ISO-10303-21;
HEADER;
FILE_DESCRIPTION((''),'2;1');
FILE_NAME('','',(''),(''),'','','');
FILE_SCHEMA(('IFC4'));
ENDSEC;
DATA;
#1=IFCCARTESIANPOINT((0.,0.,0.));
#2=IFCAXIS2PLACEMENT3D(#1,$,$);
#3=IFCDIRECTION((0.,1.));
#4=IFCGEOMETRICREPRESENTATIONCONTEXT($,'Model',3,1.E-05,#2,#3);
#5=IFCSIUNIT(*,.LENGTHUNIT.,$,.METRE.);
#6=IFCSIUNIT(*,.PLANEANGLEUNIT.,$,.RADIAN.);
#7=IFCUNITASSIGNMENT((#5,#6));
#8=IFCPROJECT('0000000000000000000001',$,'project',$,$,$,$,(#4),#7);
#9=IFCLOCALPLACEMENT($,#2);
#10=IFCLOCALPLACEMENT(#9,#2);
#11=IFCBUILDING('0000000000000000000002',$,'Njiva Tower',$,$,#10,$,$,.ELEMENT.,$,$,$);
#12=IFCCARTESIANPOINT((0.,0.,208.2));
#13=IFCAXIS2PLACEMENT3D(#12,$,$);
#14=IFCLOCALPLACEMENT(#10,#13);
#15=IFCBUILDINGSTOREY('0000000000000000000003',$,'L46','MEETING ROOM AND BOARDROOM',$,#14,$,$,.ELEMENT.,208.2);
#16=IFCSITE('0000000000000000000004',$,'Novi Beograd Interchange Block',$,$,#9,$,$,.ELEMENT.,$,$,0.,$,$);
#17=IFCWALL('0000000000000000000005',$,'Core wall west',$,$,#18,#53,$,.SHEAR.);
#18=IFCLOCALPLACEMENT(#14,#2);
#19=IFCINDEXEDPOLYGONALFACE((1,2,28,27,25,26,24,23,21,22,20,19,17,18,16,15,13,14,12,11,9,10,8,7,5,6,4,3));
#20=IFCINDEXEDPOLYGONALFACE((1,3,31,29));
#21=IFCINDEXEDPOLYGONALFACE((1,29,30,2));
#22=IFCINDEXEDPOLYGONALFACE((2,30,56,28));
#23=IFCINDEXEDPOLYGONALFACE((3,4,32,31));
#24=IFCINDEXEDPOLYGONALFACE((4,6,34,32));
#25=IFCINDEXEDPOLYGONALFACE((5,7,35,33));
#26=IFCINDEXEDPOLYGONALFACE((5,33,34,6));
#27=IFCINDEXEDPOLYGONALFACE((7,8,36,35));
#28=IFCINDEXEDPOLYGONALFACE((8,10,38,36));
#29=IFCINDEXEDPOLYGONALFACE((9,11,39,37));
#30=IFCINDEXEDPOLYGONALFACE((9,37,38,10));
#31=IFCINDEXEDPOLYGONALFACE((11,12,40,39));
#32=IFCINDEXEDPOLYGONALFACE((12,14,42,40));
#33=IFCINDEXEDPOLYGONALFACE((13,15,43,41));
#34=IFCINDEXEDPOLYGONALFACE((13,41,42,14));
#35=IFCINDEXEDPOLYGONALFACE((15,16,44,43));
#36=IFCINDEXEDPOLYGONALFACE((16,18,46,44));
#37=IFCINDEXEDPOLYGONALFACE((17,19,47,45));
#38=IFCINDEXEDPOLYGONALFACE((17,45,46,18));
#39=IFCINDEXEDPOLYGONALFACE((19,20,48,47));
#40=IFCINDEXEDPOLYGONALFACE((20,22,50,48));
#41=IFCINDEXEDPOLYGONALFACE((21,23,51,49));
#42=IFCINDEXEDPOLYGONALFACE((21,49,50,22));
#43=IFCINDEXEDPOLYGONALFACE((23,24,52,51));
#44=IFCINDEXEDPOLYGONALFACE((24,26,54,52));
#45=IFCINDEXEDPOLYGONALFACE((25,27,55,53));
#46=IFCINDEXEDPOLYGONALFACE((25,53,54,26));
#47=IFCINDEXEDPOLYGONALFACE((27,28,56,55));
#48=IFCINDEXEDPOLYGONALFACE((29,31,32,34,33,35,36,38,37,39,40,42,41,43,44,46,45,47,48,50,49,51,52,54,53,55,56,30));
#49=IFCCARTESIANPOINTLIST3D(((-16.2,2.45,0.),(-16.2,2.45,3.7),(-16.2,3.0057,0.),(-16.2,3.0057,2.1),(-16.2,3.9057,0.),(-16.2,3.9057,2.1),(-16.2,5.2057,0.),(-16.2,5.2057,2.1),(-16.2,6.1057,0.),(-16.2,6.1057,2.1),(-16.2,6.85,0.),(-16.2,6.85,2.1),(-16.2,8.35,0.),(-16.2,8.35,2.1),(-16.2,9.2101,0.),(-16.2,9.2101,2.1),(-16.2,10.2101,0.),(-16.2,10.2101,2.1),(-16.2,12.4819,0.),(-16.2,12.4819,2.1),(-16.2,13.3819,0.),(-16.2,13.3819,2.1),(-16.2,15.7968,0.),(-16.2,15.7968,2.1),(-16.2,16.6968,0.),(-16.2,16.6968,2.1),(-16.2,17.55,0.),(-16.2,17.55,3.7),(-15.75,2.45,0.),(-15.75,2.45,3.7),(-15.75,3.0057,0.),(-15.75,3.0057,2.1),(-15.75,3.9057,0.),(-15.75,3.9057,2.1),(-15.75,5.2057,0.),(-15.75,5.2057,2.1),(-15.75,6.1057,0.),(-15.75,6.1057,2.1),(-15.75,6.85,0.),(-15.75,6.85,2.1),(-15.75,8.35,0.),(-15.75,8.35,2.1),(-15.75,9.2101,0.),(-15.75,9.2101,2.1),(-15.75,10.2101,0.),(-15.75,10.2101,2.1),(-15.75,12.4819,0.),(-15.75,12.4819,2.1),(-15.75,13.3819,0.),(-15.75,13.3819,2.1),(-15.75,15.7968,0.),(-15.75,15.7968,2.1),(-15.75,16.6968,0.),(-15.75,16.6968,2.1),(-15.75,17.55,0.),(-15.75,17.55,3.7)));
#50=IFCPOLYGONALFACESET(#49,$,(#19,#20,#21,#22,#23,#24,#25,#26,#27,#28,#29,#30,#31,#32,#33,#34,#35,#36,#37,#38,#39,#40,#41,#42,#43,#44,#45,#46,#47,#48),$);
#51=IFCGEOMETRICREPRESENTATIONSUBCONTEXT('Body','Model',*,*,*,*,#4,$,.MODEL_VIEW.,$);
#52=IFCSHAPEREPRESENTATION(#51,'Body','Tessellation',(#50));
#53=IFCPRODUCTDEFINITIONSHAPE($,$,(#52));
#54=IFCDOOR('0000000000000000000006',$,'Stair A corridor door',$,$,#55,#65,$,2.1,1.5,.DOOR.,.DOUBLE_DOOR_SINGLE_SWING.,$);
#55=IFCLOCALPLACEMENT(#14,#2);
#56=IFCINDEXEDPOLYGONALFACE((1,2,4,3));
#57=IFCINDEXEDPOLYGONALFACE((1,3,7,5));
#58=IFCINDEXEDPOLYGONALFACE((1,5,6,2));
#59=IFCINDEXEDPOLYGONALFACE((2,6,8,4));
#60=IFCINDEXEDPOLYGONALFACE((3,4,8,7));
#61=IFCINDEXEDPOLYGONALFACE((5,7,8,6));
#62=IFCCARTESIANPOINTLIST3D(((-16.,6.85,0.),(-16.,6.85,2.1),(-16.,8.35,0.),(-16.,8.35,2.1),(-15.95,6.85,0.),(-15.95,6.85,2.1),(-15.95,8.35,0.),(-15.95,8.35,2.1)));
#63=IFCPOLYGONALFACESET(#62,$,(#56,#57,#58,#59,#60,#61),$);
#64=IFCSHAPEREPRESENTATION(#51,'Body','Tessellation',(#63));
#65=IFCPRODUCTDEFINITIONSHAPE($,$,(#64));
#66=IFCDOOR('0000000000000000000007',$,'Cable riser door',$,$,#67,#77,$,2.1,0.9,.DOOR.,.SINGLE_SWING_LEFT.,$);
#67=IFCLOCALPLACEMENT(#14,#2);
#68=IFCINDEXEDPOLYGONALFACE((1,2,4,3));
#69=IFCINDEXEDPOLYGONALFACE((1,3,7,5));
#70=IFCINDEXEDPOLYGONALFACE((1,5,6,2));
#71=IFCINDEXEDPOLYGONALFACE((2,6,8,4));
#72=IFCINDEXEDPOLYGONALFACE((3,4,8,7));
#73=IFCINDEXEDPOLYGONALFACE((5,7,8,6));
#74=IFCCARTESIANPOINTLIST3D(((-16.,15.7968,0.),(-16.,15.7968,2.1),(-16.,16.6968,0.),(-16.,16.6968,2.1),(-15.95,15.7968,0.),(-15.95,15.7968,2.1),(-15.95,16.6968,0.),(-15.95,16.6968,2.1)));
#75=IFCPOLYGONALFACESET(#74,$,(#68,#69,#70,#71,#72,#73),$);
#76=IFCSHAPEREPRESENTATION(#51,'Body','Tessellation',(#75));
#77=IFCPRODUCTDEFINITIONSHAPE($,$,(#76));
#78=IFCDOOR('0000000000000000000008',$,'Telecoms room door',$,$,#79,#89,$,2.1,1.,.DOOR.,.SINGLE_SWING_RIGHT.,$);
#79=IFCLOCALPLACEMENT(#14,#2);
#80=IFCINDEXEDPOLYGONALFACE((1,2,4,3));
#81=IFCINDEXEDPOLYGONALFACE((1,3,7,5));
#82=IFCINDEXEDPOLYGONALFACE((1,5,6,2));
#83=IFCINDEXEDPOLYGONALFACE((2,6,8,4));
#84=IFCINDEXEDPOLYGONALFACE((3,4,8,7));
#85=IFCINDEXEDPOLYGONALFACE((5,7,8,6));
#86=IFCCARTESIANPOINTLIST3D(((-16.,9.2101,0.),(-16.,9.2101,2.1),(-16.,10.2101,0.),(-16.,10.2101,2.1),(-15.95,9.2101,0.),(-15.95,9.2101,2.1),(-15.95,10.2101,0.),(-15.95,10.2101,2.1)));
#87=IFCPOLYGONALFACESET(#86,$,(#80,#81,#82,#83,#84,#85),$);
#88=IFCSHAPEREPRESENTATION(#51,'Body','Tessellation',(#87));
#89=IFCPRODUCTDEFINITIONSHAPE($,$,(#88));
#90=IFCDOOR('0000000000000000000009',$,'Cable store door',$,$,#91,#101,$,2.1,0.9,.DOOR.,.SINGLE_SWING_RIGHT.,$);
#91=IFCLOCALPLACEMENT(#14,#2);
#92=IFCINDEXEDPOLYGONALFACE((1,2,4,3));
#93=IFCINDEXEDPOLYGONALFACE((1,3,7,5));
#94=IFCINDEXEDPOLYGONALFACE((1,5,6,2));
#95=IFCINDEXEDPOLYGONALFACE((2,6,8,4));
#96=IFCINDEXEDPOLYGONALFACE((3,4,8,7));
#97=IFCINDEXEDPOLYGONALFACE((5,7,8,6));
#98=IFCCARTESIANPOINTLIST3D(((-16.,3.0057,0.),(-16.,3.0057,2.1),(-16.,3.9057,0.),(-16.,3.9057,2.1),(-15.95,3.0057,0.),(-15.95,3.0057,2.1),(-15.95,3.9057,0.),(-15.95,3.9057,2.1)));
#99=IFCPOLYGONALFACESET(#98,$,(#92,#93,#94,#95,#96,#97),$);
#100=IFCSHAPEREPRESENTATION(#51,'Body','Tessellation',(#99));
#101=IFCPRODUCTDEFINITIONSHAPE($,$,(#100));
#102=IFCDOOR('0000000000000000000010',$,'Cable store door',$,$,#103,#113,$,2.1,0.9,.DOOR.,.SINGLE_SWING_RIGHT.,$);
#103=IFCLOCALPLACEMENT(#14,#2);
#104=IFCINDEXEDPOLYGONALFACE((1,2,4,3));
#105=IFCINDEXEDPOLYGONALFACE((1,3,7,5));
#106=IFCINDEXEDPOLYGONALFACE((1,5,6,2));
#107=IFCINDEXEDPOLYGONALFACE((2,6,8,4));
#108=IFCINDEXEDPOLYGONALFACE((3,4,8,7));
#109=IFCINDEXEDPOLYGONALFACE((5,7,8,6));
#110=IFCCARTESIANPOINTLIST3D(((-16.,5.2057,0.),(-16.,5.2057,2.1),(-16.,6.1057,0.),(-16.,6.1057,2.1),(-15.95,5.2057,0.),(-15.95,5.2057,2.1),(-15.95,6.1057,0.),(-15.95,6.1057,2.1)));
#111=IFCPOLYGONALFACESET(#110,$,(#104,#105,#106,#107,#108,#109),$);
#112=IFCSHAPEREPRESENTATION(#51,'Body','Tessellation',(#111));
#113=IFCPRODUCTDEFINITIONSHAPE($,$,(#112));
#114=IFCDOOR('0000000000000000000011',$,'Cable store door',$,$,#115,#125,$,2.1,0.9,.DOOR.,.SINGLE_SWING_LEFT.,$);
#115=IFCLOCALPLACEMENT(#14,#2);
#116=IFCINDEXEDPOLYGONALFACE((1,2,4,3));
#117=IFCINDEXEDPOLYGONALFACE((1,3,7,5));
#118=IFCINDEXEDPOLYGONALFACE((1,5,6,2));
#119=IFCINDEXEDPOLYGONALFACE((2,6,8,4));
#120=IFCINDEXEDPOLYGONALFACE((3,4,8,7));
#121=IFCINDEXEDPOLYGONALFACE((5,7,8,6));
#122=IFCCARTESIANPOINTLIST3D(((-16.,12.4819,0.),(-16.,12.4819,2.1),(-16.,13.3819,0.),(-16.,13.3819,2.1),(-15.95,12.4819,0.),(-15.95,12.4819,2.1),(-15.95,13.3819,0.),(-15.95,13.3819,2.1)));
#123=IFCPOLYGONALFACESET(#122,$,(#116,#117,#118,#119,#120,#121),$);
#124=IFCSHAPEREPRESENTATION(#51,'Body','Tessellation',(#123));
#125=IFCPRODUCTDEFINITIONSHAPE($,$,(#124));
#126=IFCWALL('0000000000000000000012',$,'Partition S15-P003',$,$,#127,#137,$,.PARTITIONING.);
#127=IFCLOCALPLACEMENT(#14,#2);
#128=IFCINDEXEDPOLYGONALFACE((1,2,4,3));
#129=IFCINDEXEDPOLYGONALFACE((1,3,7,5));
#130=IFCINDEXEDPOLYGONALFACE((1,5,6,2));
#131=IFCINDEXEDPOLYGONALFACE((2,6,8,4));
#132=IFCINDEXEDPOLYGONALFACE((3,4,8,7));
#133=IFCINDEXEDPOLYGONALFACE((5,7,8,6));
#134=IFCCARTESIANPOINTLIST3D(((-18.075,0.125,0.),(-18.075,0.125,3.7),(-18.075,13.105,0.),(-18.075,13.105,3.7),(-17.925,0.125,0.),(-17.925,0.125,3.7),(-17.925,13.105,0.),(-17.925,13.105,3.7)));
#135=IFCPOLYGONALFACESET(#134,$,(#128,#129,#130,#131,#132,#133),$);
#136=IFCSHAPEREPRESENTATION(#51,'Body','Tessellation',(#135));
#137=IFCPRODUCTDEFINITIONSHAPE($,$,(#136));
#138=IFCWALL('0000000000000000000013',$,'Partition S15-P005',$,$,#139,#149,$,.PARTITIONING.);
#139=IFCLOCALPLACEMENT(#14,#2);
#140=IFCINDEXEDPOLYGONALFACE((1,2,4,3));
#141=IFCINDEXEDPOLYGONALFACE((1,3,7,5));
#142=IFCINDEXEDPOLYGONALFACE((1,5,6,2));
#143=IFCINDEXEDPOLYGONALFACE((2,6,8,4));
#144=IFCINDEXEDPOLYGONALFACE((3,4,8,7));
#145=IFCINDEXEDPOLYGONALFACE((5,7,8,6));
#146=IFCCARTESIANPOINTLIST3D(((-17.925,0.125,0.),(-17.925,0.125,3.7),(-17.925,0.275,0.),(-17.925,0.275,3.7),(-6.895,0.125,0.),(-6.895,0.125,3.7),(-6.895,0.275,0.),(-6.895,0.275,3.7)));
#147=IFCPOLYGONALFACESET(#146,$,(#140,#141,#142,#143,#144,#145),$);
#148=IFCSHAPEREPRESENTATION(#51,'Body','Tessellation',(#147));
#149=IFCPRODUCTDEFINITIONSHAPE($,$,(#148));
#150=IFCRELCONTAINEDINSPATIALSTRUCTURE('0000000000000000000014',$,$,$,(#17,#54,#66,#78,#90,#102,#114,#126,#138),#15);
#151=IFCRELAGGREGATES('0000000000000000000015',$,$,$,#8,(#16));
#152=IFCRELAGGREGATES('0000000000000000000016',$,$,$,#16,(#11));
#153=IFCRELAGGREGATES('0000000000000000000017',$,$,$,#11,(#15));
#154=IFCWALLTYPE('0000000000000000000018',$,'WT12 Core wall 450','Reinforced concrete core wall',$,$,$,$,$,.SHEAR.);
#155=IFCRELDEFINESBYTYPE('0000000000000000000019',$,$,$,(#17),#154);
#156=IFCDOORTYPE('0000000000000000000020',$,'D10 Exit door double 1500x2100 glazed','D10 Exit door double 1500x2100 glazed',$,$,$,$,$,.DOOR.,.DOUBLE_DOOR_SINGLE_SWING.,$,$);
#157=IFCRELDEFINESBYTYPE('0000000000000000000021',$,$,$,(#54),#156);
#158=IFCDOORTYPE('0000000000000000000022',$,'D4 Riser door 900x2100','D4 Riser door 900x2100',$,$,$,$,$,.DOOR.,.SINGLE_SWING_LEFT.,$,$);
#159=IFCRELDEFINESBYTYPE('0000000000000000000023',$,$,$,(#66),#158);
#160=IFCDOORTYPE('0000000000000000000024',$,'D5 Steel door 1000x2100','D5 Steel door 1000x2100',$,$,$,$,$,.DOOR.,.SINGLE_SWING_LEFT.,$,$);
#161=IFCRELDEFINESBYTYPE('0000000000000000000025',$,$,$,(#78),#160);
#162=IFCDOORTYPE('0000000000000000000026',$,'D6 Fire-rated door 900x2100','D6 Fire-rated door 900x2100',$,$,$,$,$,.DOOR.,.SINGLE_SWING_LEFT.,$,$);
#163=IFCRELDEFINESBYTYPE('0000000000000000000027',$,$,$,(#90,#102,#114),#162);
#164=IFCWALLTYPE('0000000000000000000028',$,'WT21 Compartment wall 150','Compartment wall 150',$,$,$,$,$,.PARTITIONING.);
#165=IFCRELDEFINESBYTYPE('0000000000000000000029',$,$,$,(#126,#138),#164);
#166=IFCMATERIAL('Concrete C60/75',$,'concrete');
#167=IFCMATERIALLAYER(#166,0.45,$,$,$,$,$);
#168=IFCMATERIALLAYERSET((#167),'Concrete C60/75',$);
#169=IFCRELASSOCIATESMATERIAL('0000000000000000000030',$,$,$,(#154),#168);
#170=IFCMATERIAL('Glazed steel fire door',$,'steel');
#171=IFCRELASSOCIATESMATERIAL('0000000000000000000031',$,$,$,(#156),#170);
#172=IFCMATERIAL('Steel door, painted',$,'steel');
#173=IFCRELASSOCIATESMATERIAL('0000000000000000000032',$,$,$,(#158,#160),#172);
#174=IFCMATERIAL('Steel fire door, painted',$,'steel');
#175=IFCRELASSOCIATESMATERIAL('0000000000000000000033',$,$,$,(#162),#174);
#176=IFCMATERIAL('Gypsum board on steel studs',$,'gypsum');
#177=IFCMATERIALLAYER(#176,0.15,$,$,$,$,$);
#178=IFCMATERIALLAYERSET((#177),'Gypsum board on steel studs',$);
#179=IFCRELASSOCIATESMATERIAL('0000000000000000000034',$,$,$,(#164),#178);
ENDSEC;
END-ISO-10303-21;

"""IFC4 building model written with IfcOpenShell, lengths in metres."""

from ifc_helpers import new_model, si_unit, direction, frame, frame_2d, origin, place, context, subcontext, project, spatial, rectangle, extrude, material, layer, layer_set, type_object, element, fill, save


model = new_model("IFC4")

# Units and contexts
model_context = context("Model", 3, precision=1e-05, world=origin(), true_north=direction((0.0, 1.0)))
body_context = subcontext(model_context, "Body", "Model", "MODEL_VIEW")
ifc_project = project(units=[si_unit("LENGTHUNIT", "METRE"), si_unit("PLANEANGLEUNIT", "RADIAN")], contexts=[model_context])

# Site, building, storey
site_placement = place(None, origin())
site = spatial("IfcSite", under=ifc_project, at=site_placement, Name="Novi Beograd Interchange Block", CompositionType="ELEMENT", RefElevation=0.0)
building_placement = place(site_placement, origin())
building = spatial("IfcBuilding", under=site, at=building_placement, Name="Njiva Tower", CompositionType="ELEMENT")
storey_placement = place(building_placement, frame((0.0, 0.0, 208.2)))
storey = spatial("IfcBuildingStorey", under=building, at=storey_placement, Name="L46", Description="MEETING ROOM AND BOARDROOM", CompositionType="ELEMENT", Elevation=208.2)

# Wall, openings, doors
ifc_material_1 = material(Name="Concrete C60/75", Category="concrete")
ifc_layer_1 = layer(ifc_material_1, 0.45)
ifc_layer_set_1 = layer_set([ifc_layer_1], Name="Concrete C60/75")
wall_type_1 = type_object("IfcWallType", Name="WT12 Core wall 450", Description="Reinforced concrete core wall", PredefinedType="SHEAR", material=ifc_layer_set_1)
wall_1_placement = place(storey_placement, frame((-15.975, 2.45, 0.0), z_axis=(0.0, 0.0, 1.0), x_axis=(0.0, 1.0, 0.0)))
wall_1 = element("IfcWall", 1, at=wall_1_placement, inside=storey, type_object=wall_type_1, Name="Core wall west", PredefinedType="SHEAR", context=body_context, shape_type="SweptSolid", body=[
    extrude(rectangle(XDim=15.1, YDim=0.45, at=frame_2d((7.55, 0.0))), origin(), (0.0, 0.0, 1.0), 3.7),
])
opening_1_placement = place(wall_1_placement, frame((4.4, 0.0, 0.0)))
opening_1 = element("IfcOpeningElement", 2, at=opening_1_placement, cuts=wall_1, PredefinedType="OPENING", context=body_context, shape_type="SweptSolid", body=[
    extrude(rectangle(XDim=1.5, YDim=2.1, at=frame_2d((0.75, 1.05))), frame((0.0, 0.235, 0.0), z_axis=(0.0, -1.0, 0.0), x_axis=(1.0, 0.0, 0.0)), (0.0, 0.0, 1.0), 0.47),
])
opening_2_placement = place(wall_1_placement, frame((0.5557, 0.0, 0.0)))
opening_2 = element("IfcOpeningElement", 3, at=opening_2_placement, cuts=wall_1, PredefinedType="OPENING", context=body_context, shape_type="SweptSolid", body=[
    extrude(rectangle(XDim=0.9, YDim=2.1, at=frame_2d((0.45, 1.05))), frame((0.0, 0.235, 0.0), z_axis=(0.0, -1.0, 0.0), x_axis=(1.0, 0.0, 0.0)), (0.0, 0.0, 1.0), 0.47),
])
opening_3_placement = place(wall_1_placement, frame((2.7557, 0.0, 0.0)))
opening_3 = element("IfcOpeningElement", 4, at=opening_3_placement, cuts=wall_1, PredefinedType="OPENING", context=body_context, shape_type="SweptSolid", body=[
    extrude(rectangle(XDim=0.9, YDim=2.1, at=frame_2d((0.45, 1.05))), frame((0.0, 0.235, 0.0), z_axis=(0.0, -1.0, 0.0), x_axis=(1.0, 0.0, 0.0)), (0.0, 0.0, 1.0), 0.47),
])
opening_4_placement = place(wall_1_placement, frame((6.7601, 0.0, 0.0)))
opening_4 = element("IfcOpeningElement", 5, at=opening_4_placement, cuts=wall_1, PredefinedType="OPENING", context=body_context, shape_type="SweptSolid", body=[
    extrude(rectangle(XDim=1.0, YDim=2.1, at=frame_2d((0.5, 1.05))), frame((0.0, 0.235, 0.0), z_axis=(0.0, -1.0, 0.0), x_axis=(1.0, 0.0, 0.0)), (0.0, 0.0, 1.0), 0.47),
])
opening_5_placement = place(wall_1_placement, frame((10.0319, 0.0, 0.0)))
opening_5 = element("IfcOpeningElement", 6, at=opening_5_placement, cuts=wall_1, PredefinedType="OPENING", context=body_context, shape_type="SweptSolid", body=[
    extrude(rectangle(XDim=0.9, YDim=2.1, at=frame_2d((0.45, 1.05))), frame((0.0, 0.235, 0.0), z_axis=(0.0, -1.0, 0.0), x_axis=(1.0, 0.0, 0.0)), (0.0, 0.0, 1.0), 0.47),
])
opening_6_placement = place(wall_1_placement, frame((13.3468, 0.0, 0.0)))
opening_6 = element("IfcOpeningElement", 7, at=opening_6_placement, cuts=wall_1, PredefinedType="OPENING", context=body_context, shape_type="SweptSolid", body=[
    extrude(rectangle(XDim=0.9, YDim=2.1, at=frame_2d((0.45, 1.05))), frame((0.0, 0.235, 0.0), z_axis=(0.0, -1.0, 0.0), x_axis=(1.0, 0.0, 0.0)), (0.0, 0.0, 1.0), 0.47),
])
ifc_material_2 = material(Name="Glazed steel fire door", Category="steel")
door_type_1 = type_object("IfcDoorType", Name="D10 Exit door double 1500x2100 glazed", Description="D10 Exit door double 1500x2100 glazed", OperationType="DOUBLE_DOOR_SINGLE_SWING", PredefinedType="DOOR", material=ifc_material_2)
door_1_placement = place(opening_1_placement, origin())
door_1 = element("IfcDoor", 8, at=door_1_placement, inside=storey, type_object=door_type_1, Name="Stair A corridor door", OperationType="DOUBLE_DOOR_SINGLE_SWING", OverallHeight=2.1, OverallWidth=1.5, PredefinedType="DOOR", context=body_context, shape_type="SweptSolid", body=[
    extrude(rectangle(XDim=1.5, YDim=2.1, at=frame_2d((0.75, 1.05))), frame((0.0, 0.025, 0.0), z_axis=(0.0, -1.0, 0.0), x_axis=(1.0, 0.0, 0.0)), (0.0, 0.0, 1.0), 0.05),
])
fill(opening_1, door_1)
ifc_material_3 = material(Name="Steel door, painted", Category="steel")
door_type_2 = type_object("IfcDoorType", Name="D4 Riser door 900x2100", Description="D4 Riser door 900x2100", OperationType="SINGLE_SWING_LEFT", PredefinedType="DOOR", material=ifc_material_3)
door_2_placement = place(opening_6_placement, origin())
door_2 = element("IfcDoor", 9, at=door_2_placement, inside=storey, type_object=door_type_2, Name="Cable riser door", OperationType="SINGLE_SWING_LEFT", OverallHeight=2.1, OverallWidth=0.9, PredefinedType="DOOR", context=body_context, shape_type="SweptSolid", body=[
    extrude(rectangle(XDim=0.9, YDim=2.1, at=frame_2d((0.45, 1.05))), frame((0.0, 0.025, 0.0), z_axis=(0.0, -1.0, 0.0), x_axis=(1.0, 0.0, 0.0)), (0.0, 0.0, 1.0), 0.05),
])
fill(opening_6, door_2)
door_type_3 = type_object("IfcDoorType", Name="D5 Steel door 1000x2100", Description="D5 Steel door 1000x2100", OperationType="SINGLE_SWING_LEFT", PredefinedType="DOOR", material=ifc_material_3)
door_3_placement = place(opening_4_placement, origin())
door_3 = element("IfcDoor", 10, at=door_3_placement, inside=storey, type_object=door_type_3, Name="Telecoms room door", OperationType="SINGLE_SWING_RIGHT", OverallHeight=2.1, OverallWidth=1.0, PredefinedType="DOOR", context=body_context, shape_type="SweptSolid", body=[
    extrude(rectangle(XDim=1.0, YDim=2.1, at=frame_2d((0.5, 1.05))), frame((0.0, 0.025, 0.0), z_axis=(0.0, -1.0, 0.0), x_axis=(1.0, 0.0, 0.0)), (0.0, 0.0, 1.0), 0.05),
])
fill(opening_4, door_3)
ifc_material_4 = material(Name="Steel fire door, painted", Category="steel")
door_type_4 = type_object("IfcDoorType", Name="D6 Fire-rated door 900x2100", Description="D6 Fire-rated door 900x2100", OperationType="SINGLE_SWING_LEFT", PredefinedType="DOOR", material=ifc_material_4)
door_4_placement = place(opening_2_placement, origin())
door_4 = element("IfcDoor", 11, at=door_4_placement, inside=storey, type_object=door_type_4, Name="Cable store door", OperationType="SINGLE_SWING_RIGHT", OverallHeight=2.1, OverallWidth=0.9, PredefinedType="DOOR", context=body_context, shape_type="SweptSolid", body=[
    extrude(rectangle(XDim=0.9, YDim=2.1, at=frame_2d((0.45, 1.05))), frame((0.0, 0.025, 0.0), z_axis=(0.0, -1.0, 0.0), x_axis=(1.0, 0.0, 0.0)), (0.0, 0.0, 1.0), 0.05),
])
fill(opening_2, door_4)
door_5_placement = place(opening_3_placement, origin())
door_5 = element("IfcDoor", 12, at=door_5_placement, inside=storey, type_object=door_type_4, Name="Cable store door", OperationType="SINGLE_SWING_RIGHT", OverallHeight=2.1, OverallWidth=0.9, PredefinedType="DOOR", context=body_context, shape_type="SweptSolid", body=[
    extrude(rectangle(XDim=0.9, YDim=2.1, at=frame_2d((0.45, 1.05))), frame((0.0, 0.025, 0.0), z_axis=(0.0, -1.0, 0.0), x_axis=(1.0, 0.0, 0.0)), (0.0, 0.0, 1.0), 0.05),
])
fill(opening_3, door_5)
door_6_placement = place(opening_5_placement, origin())
door_6 = element("IfcDoor", 13, at=door_6_placement, inside=storey, type_object=door_type_4, Name="Cable store door", OperationType="SINGLE_SWING_LEFT", OverallHeight=2.1, OverallWidth=0.9, PredefinedType="DOOR", context=body_context, shape_type="SweptSolid", body=[
    extrude(rectangle(XDim=0.9, YDim=2.1, at=frame_2d((0.45, 1.05))), frame((0.0, 0.025, 0.0), z_axis=(0.0, -1.0, 0.0), x_axis=(1.0, 0.0, 0.0)), (0.0, 0.0, 1.0), 0.05),
])
fill(opening_5, door_6)

# Walls
ifc_material_5 = material(Name="Gypsum board on steel studs", Category="gypsum")
ifc_layer_2 = layer(ifc_material_5, 0.15)
ifc_layer_set_2 = layer_set([ifc_layer_2], Name="Gypsum board on steel studs")
wall_type_2 = type_object("IfcWallType", Name="WT21 Compartment wall 150", Description="Compartment wall 150", PredefinedType="PARTITIONING", material=ifc_layer_set_2)
wall_2_placement = place(storey_placement, frame((-18.0, 0.125, 0.0), z_axis=(0.0, 0.0, 1.0), x_axis=(0.0, 1.0, 0.0)))
element("IfcWall", 14, at=wall_2_placement, inside=storey, type_object=wall_type_2, Name="Partition S15-P003", PredefinedType="PARTITIONING", context=body_context, shape_type="SweptSolid", body=[
    extrude(rectangle(XDim=12.98, YDim=0.15, at=frame_2d((6.49, 0.0))), origin(), (0.0, 0.0, 1.0), 3.7),
])
wall_3_placement = place(storey_placement, frame((-17.925, 0.2, 0.0), z_axis=(0.0, 0.0, 1.0), x_axis=(1.0, 0.0, 0.0)))
element("IfcWall", 15, at=wall_3_placement, inside=storey, type_object=wall_type_2, Name="Partition S15-P005", PredefinedType="PARTITIONING", context=body_context, shape_type="SweptSolid", body=[
    extrude(rectangle(XDim=11.03, YDim=0.15, at=frame_2d((5.515, 0.0))), origin(), (0.0, 0.0, 1.0), 3.7),
])

save(model, "model.ifc")
